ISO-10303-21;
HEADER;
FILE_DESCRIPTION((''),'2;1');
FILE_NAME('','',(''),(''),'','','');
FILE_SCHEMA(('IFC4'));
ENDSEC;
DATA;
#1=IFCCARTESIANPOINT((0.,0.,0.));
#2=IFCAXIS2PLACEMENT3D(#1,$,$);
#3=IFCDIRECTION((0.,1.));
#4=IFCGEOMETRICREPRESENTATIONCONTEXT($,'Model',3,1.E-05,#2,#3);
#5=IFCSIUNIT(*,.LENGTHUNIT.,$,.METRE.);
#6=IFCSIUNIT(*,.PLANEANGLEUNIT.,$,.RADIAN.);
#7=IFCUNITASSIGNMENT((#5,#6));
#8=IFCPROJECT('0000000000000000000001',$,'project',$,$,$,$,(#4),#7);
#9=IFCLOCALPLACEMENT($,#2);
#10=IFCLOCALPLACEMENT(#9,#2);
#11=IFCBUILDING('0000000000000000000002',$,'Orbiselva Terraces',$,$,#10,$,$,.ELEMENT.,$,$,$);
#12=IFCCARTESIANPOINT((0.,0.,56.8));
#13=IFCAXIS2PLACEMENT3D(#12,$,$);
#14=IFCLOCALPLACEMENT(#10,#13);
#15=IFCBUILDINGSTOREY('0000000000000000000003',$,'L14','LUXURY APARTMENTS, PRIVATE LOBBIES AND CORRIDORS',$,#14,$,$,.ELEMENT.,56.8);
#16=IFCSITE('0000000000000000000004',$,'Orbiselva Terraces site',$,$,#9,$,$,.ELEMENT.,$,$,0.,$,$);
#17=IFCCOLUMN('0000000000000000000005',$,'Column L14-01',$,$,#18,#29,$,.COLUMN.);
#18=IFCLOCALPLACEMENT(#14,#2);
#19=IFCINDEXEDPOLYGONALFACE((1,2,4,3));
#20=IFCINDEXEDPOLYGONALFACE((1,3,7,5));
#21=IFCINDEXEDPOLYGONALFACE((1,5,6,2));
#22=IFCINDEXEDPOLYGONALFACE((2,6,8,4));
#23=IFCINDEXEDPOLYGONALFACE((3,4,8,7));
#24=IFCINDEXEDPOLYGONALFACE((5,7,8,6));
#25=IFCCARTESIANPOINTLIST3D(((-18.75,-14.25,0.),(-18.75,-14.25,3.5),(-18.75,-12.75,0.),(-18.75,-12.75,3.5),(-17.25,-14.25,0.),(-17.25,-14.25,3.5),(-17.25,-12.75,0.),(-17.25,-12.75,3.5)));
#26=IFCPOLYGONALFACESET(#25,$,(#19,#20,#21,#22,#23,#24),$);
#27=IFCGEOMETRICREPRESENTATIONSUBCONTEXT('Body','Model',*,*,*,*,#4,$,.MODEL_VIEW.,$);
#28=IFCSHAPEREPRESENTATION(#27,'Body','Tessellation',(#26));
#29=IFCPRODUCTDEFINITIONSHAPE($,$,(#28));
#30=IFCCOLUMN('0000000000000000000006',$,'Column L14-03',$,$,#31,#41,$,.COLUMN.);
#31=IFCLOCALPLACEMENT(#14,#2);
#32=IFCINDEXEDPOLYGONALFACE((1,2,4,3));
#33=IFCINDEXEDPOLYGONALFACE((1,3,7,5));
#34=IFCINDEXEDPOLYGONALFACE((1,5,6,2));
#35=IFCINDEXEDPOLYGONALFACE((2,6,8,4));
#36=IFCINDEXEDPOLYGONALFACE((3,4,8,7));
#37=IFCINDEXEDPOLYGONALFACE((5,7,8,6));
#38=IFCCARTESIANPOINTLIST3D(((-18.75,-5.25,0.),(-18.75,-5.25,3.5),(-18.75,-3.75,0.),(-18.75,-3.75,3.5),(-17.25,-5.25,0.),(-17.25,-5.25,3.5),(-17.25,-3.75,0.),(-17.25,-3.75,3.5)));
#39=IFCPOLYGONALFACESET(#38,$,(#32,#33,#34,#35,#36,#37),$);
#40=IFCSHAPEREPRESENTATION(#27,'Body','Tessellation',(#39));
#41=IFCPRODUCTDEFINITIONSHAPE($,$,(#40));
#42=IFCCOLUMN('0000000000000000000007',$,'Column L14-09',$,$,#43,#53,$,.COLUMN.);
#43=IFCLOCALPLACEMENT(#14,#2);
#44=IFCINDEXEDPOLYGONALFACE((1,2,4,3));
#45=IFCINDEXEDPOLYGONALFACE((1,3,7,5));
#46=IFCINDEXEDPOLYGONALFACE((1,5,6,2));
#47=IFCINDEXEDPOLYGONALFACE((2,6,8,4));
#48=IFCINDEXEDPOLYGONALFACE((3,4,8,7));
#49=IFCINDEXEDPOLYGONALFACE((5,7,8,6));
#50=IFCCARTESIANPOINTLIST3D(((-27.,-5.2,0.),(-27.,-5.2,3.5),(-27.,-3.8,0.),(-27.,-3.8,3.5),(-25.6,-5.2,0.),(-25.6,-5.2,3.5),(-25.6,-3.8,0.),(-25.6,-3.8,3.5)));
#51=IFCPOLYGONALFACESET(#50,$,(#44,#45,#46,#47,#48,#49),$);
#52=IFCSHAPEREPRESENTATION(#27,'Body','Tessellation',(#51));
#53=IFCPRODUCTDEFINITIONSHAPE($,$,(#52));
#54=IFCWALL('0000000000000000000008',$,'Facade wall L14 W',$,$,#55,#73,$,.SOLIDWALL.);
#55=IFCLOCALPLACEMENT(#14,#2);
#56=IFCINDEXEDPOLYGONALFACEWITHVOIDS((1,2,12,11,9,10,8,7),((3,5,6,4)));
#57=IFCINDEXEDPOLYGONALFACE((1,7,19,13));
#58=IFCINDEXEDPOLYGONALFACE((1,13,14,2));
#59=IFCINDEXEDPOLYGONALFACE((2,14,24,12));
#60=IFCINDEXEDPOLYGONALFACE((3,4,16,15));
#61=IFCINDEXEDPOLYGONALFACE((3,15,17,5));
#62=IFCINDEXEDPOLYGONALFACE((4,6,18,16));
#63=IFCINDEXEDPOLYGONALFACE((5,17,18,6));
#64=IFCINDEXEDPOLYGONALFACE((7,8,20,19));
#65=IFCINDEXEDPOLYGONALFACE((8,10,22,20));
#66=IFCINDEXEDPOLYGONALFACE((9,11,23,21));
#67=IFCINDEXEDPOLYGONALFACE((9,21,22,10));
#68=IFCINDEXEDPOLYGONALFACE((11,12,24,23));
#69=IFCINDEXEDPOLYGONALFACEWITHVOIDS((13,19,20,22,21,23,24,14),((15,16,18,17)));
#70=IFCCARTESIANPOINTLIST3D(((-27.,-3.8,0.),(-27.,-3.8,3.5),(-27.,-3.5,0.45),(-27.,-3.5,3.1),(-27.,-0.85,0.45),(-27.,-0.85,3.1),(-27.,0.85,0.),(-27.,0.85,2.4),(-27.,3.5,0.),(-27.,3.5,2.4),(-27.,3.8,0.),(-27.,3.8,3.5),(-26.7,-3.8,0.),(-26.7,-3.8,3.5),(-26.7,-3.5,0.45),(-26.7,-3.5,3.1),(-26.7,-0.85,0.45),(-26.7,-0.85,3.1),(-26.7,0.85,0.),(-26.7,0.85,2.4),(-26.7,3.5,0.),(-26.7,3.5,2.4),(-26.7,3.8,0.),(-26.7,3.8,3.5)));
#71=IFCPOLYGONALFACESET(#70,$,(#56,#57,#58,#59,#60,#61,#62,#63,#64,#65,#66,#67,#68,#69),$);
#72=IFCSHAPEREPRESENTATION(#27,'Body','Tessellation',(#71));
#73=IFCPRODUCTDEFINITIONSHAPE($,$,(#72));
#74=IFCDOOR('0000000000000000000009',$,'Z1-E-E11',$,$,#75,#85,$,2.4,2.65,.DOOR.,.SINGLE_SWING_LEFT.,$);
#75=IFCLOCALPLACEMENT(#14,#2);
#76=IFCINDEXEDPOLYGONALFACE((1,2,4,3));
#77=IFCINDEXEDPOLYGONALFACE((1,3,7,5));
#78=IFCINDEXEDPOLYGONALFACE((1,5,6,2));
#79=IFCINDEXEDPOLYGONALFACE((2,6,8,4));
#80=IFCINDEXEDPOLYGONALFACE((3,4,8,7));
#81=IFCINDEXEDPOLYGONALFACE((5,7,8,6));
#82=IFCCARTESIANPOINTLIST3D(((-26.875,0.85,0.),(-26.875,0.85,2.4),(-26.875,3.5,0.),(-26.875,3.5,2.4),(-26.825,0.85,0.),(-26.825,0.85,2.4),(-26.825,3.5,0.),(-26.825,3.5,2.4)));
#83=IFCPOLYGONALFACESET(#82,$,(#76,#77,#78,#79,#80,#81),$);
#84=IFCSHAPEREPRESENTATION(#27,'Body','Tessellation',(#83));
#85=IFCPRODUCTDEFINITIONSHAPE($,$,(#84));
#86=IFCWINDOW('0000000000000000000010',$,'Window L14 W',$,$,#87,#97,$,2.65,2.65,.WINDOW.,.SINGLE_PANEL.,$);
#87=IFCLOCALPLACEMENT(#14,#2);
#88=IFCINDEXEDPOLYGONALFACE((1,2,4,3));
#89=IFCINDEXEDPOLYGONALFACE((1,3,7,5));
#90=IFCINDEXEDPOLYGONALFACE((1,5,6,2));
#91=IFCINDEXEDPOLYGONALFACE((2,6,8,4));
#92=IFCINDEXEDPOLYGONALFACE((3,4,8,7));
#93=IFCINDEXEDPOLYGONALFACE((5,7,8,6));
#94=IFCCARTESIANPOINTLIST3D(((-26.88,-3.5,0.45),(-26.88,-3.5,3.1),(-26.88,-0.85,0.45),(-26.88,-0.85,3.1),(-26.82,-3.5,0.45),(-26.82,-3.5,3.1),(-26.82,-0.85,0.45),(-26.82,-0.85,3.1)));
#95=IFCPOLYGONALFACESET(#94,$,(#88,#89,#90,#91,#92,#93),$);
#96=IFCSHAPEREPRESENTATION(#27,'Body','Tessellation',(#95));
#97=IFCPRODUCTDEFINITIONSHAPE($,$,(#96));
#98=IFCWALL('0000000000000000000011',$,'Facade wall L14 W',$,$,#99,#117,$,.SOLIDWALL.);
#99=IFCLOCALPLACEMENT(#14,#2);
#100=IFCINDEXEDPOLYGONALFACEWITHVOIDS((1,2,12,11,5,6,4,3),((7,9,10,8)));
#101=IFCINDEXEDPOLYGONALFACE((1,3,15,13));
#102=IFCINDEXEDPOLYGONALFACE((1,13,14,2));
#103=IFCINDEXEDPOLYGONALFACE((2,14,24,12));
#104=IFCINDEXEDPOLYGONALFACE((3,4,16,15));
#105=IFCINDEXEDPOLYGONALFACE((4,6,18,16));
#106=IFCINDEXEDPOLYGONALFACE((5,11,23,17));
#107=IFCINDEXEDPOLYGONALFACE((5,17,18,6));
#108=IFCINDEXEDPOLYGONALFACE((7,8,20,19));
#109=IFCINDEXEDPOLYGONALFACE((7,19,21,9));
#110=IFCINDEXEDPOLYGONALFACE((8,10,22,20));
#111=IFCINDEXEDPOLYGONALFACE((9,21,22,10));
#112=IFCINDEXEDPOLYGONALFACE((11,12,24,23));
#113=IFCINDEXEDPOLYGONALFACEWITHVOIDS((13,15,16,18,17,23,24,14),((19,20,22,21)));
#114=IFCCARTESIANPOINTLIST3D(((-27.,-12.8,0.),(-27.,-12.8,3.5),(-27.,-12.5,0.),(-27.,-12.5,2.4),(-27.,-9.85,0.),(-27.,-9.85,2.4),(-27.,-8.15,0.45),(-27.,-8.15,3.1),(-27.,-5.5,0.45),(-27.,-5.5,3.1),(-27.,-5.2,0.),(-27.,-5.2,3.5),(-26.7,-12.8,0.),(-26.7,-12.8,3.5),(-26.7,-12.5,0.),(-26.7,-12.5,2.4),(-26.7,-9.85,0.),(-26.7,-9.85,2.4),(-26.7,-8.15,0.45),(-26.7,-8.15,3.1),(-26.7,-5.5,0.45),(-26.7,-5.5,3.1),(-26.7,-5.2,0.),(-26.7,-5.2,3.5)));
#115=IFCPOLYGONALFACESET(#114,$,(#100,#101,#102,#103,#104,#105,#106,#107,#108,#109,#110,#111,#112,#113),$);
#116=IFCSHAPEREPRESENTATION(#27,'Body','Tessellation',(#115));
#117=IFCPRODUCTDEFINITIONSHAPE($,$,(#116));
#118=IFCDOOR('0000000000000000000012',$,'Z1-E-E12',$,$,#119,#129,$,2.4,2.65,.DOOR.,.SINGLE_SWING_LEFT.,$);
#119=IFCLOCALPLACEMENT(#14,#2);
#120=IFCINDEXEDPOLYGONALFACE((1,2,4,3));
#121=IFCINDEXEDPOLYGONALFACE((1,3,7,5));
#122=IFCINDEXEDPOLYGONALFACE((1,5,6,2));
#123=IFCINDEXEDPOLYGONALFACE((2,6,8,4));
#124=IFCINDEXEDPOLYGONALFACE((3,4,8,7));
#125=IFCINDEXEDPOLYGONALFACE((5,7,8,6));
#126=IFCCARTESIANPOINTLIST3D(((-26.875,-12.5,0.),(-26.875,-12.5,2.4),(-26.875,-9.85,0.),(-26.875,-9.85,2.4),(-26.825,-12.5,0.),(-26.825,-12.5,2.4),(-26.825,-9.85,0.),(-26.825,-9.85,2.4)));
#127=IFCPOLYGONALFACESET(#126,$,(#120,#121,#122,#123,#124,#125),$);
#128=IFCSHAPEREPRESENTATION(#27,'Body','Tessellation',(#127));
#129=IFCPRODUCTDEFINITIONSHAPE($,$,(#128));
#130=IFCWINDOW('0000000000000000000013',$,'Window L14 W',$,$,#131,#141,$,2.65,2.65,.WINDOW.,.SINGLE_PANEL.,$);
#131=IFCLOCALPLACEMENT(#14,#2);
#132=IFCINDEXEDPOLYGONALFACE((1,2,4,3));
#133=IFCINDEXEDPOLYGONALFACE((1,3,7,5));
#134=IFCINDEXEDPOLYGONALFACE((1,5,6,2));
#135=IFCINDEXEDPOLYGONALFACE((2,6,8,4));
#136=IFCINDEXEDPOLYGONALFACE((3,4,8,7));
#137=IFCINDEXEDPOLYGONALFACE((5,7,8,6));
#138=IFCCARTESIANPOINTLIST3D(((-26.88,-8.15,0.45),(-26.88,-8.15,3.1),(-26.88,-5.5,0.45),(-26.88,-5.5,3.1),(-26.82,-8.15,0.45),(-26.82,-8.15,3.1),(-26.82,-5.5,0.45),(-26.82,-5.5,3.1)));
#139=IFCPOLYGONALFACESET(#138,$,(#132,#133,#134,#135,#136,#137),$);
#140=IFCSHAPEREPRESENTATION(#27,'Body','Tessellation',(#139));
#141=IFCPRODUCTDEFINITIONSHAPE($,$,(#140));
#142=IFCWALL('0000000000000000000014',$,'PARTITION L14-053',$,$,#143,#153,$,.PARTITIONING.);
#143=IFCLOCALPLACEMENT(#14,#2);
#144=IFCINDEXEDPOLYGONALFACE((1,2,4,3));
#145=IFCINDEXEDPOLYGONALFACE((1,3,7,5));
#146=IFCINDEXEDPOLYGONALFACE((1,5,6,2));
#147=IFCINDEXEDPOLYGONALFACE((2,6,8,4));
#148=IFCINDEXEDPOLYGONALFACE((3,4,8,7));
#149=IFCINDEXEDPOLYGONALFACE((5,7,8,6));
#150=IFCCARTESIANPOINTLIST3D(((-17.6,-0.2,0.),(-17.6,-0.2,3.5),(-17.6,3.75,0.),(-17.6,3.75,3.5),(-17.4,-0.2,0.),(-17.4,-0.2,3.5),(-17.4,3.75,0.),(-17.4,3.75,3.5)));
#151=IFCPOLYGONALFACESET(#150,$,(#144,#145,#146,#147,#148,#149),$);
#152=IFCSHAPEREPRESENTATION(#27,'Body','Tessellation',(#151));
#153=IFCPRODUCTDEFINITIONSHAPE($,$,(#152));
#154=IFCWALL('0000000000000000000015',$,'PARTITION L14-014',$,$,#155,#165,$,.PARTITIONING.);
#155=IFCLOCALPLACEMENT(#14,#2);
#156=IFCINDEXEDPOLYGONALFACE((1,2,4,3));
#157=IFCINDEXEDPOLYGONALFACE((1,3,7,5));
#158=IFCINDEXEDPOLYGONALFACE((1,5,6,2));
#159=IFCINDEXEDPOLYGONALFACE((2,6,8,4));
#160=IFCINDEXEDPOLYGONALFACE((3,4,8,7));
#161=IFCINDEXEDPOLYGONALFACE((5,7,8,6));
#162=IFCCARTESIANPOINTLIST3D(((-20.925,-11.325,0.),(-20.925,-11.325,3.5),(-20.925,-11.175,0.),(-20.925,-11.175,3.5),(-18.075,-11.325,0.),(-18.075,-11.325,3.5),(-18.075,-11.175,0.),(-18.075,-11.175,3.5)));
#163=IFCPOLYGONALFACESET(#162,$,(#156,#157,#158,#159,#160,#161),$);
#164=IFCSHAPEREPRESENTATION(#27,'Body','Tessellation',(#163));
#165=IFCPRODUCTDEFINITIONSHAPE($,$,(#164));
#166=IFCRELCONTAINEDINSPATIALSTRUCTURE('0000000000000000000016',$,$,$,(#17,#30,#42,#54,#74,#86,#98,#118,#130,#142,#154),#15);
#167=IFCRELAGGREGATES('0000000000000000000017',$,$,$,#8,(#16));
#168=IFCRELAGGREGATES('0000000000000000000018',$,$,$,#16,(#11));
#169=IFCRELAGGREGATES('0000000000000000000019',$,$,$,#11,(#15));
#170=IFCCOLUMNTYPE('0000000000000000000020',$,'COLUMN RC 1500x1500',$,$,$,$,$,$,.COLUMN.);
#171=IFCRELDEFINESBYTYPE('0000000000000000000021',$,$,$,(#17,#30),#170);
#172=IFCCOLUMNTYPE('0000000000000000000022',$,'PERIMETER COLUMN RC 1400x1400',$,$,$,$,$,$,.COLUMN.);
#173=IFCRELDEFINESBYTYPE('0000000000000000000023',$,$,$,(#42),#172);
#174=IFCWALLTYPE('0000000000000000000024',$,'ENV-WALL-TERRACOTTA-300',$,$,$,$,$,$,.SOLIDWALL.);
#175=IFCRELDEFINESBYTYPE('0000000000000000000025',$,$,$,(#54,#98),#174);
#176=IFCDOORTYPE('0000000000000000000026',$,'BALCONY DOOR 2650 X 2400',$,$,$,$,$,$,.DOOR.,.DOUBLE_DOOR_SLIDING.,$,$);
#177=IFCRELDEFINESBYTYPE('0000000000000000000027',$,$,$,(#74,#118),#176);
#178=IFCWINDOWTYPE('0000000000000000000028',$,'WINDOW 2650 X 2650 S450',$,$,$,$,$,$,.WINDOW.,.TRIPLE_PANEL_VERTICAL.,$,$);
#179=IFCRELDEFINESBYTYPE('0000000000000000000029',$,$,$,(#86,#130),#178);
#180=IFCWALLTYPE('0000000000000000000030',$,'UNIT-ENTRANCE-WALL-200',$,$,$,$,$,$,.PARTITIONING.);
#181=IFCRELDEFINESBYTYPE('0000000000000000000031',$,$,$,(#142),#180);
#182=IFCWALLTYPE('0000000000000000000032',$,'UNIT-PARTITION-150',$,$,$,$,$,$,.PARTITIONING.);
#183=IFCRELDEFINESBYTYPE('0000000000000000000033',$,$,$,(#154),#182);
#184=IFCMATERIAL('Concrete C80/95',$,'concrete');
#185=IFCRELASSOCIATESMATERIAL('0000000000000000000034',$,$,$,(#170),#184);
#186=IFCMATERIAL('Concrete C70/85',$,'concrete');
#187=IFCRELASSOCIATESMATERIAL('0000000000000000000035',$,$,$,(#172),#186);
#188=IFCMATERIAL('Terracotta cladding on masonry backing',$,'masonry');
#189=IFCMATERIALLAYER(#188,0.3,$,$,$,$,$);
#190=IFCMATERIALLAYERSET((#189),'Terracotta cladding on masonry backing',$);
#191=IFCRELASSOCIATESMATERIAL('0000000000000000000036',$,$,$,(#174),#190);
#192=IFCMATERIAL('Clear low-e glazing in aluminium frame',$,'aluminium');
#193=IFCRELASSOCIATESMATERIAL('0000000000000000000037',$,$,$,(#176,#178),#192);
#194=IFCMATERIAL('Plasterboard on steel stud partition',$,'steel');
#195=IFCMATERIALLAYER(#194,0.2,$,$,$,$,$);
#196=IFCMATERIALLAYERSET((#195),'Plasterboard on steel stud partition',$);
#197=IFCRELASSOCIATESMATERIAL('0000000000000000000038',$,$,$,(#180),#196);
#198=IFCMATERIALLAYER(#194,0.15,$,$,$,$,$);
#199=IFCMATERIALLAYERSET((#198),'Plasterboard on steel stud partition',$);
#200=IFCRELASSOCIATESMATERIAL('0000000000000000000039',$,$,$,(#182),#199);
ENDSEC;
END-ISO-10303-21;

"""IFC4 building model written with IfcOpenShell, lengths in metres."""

from ifc_helpers import new_model, si_unit, direction, frame, frame_2d, origin, origin_2d, place, context, subcontext, project, spatial, rectangle, extrude, material, layer, layer_set, material_profile, profile_set, type_object, element, fill, save


model = new_model("IFC4")

# Units and contexts
model_context = context("Model", 3, precision=1e-05, world=origin(), true_north=direction((0.0, 1.0)))
body_context = subcontext(model_context, "Body", "Model", "MODEL_VIEW")
ifc_project = project(units=[si_unit("LENGTHUNIT", "METRE"), si_unit("PLANEANGLEUNIT", "RADIAN")], contexts=[model_context])

# Site, building, storey
site_placement = place(None, origin())
site = spatial("IfcSite", under=ifc_project, at=site_placement, Name="Orbiselva Terraces site", CompositionType="ELEMENT", RefElevation=0.0)
building_placement = place(site_placement, origin())
building = spatial("IfcBuilding", under=site, at=building_placement, Name="Orbiselva Terraces", CompositionType="ELEMENT")
storey_placement = place(building_placement, frame((0.0, 0.0, 56.8)))
storey = spatial("IfcBuildingStorey", under=building, at=storey_placement, Name="L14", Description="LUXURY APARTMENTS, PRIVATE LOBBIES AND CORRIDORS", CompositionType="ELEMENT", Elevation=56.8)

# Columns
ifc_material_1 = material(Name="Concrete C80/95", Category="concrete")
ifc_material_profile_1 = material_profile(ifc_material_1, rectangle(XDim=1.5, YDim=1.5, at=origin_2d()), Name="RC 1500x1500")
ifc_profile_set_1 = profile_set([ifc_material_profile_1], Name="Concrete C80/95")
column_type_1 = type_object("IfcColumnType", Name="COLUMN RC 1500x1500", PredefinedType="COLUMN", material=ifc_profile_set_1)
for number, where, z_axis, x_axis, name in (
    (1, (-18.0, -13.5, 0.0), (0.0, 0.0, 1.0), (1.0, 0.0, 0.0), "Column L14-01"),
    (2, (-18.0, -4.5, 0.0), (0.0, 0.0, 1.0), (1.0, 0.0, 0.0), "Column L14-03"),
):
    element("IfcColumn", number, at=place(storey_placement, frame(where, z_axis=z_axis, x_axis=x_axis)), inside=storey, type_object=column_type_1, Name=name, PredefinedType="COLUMN", context=body_context, shape_type="SweptSolid", body=[
        extrude(rectangle(XDim=1.5, YDim=1.5, at=origin_2d()), origin(), (0.0, 0.0, 1.0), 3.5),
    ])
ifc_material_2 = material(Name="Concrete C70/85", Category="concrete")
ifc_material_profile_2 = material_profile(ifc_material_2, rectangle(XDim=1.4, YDim=1.4, at=origin_2d()), Name="RC 1400x1400")
ifc_profile_set_2 = profile_set([ifc_material_profile_2], Name="Concrete C70/85")
column_type_2 = type_object("IfcColumnType", Name="PERIMETER COLUMN RC 1400x1400", PredefinedType="COLUMN", material=ifc_profile_set_2)
column_placement = place(storey_placement, frame((-26.3, -4.5, 0.0), z_axis=(0.0, 0.0, 1.0), x_axis=(1.0, 0.0, 0.0)))
element("IfcColumn", 3, at=column_placement, inside=storey, type_object=column_type_2, Name="Column L14-09", PredefinedType="COLUMN", context=body_context, shape_type="SweptSolid", body=[
    extrude(rectangle(XDim=1.4, YDim=1.4, at=origin_2d()), origin(), (0.0, 0.0, 1.0), 3.5),
])

# Walls, openings, doors, windows
ifc_material_3 = material(Name="Terracotta cladding on masonry backing", Category="masonry")
ifc_layer_1 = layer(ifc_material_3, 0.3)
ifc_layer_set_1 = layer_set([ifc_layer_1], Name="Terracotta cladding on masonry backing")
wall_type_1 = type_object("IfcWallType", Name="ENV-WALL-TERRACOTTA-300", PredefinedType="SOLIDWALL", material=ifc_layer_set_1)
wall_1_placement = place(storey_placement, frame((-26.85, -3.8, 0.0), z_axis=(0.0, 0.0, 1.0), x_axis=(0.0, 1.0, 0.0)))
wall_1 = element("IfcWall", 4, at=wall_1_placement, inside=storey, type_object=wall_type_1, Name="Facade wall L14 W", PredefinedType="SOLIDWALL", context=body_context, shape_type="SweptSolid", body=[
    extrude(rectangle(XDim=7.6, YDim=0.3, at=frame_2d((3.8, 0.0))), origin(), (0.0, 0.0, 1.0), 3.5),
])
opening_1_placement = place(wall_1_placement, frame((4.65, 0.0, 0.0)))
opening_1 = element("IfcOpeningElement", 5, at=opening_1_placement, cuts=wall_1, PredefinedType="OPENING", context=body_context, shape_type="SweptSolid", body=[
    extrude(rectangle(XDim=2.65, YDim=2.4, at=frame_2d((1.325, 1.2))), frame((0.0, 0.16, 0.0), z_axis=(0.0, -1.0, 0.0), x_axis=(1.0, 0.0, 0.0)), (0.0, 0.0, 1.0), 0.32),
])
opening_2_placement = place(wall_1_placement, frame((0.3, 0.0, 0.45)))
opening_2 = element("IfcOpeningElement", 6, at=opening_2_placement, cuts=wall_1, PredefinedType="OPENING", context=body_context, shape_type="SweptSolid", body=[
    extrude(rectangle(XDim=2.65, YDim=2.65, at=frame_2d((1.325, 1.325))), frame((0.0, 0.16, 0.0), z_axis=(0.0, -1.0, 0.0), x_axis=(1.0, 0.0, 0.0)), (0.0, 0.0, 1.0), 0.32),
])
ifc_material_4 = material(Name="Clear low-e glazing in aluminium frame", Category="aluminium")
door_type_1 = type_object("IfcDoorType", Name="BALCONY DOOR 2650 X 2400", OperationType="DOUBLE_DOOR_SLIDING", PredefinedType="DOOR", material=ifc_material_4)
door_1_placement = place(opening_1_placement, origin())
door_1 = element("IfcDoor", 7, at=door_1_placement, inside=storey, type_object=door_type_1, Name="Z1-E-E11", OperationType="SINGLE_SWING_LEFT", OverallHeight=2.4, OverallWidth=2.65, PredefinedType="DOOR", context=body_context, shape_type="SweptSolid", body=[
    extrude(rectangle(XDim=2.65, YDim=2.4, at=frame_2d((1.325, 1.2))), frame((0.0, 0.025, 0.0), z_axis=(0.0, -1.0, 0.0), x_axis=(1.0, 0.0, 0.0)), (0.0, 0.0, 1.0), 0.05),
])
fill(opening_1, door_1)
window_type = type_object("IfcWindowType", Name="WINDOW 2650 X 2650 S450", PartitioningType="TRIPLE_PANEL_VERTICAL", PredefinedType="WINDOW", material=ifc_material_4)
window_1_placement = place(opening_2_placement, origin())
window_1 = element("IfcWindow", 8, at=window_1_placement, inside=storey, type_object=window_type, Name="Window L14 W", OverallHeight=2.65, OverallWidth=2.65, PartitioningType="SINGLE_PANEL", PredefinedType="WINDOW", context=body_context, shape_type="SweptSolid", body=[
    extrude(rectangle(XDim=2.65, YDim=2.65, at=frame_2d((1.325, 1.325))), frame((0.0, 0.03, 0.0), z_axis=(0.0, -1.0, 0.0), x_axis=(1.0, 0.0, 0.0)), (0.0, 0.0, 1.0), 0.06),
])
fill(opening_2, window_1)
wall_2_placement = place(storey_placement, frame((-26.85, -12.8, 0.0), z_axis=(0.0, 0.0, 1.0), x_axis=(0.0, 1.0, 0.0)))
wall_2 = element("IfcWall", 9, at=wall_2_placement, inside=storey, type_object=wall_type_1, Name="Facade wall L14 W", PredefinedType="SOLIDWALL", context=body_context, shape_type="SweptSolid", body=[
    extrude(rectangle(XDim=7.6, YDim=0.3, at=frame_2d((3.8, 0.0))), origin(), (0.0, 0.0, 1.0), 3.5),
])
opening_3_placement = place(wall_2_placement, frame((4.65, 0.0, 0.45)))
opening_3 = element("IfcOpeningElement", 10, at=opening_3_placement, cuts=wall_2, PredefinedType="OPENING", context=body_context, shape_type="SweptSolid", body=[
    extrude(rectangle(XDim=2.65, YDim=2.65, at=frame_2d((1.325, 1.325))), frame((0.0, 0.16, 0.0), z_axis=(0.0, -1.0, 0.0), x_axis=(1.0, 0.0, 0.0)), (0.0, 0.0, 1.0), 0.32),
])
opening_4_placement = place(wall_2_placement, frame((0.3, 0.0, 0.0)))
opening_4 = element("IfcOpeningElement", 11, at=opening_4_placement, cuts=wall_2, PredefinedType="OPENING", context=body_context, shape_type="SweptSolid", body=[
    extrude(rectangle(XDim=2.65, YDim=2.4, at=frame_2d((1.325, 1.2))), frame((0.0, 0.16, 0.0), z_axis=(0.0, -1.0, 0.0), x_axis=(1.0, 0.0, 0.0)), (0.0, 0.0, 1.0), 0.32),
])
door_2_placement = place(opening_4_placement, origin())
door_2 = element("IfcDoor", 12, at=door_2_placement, inside=storey, type_object=door_type_1, Name="Z1-E-E12", OperationType="SINGLE_SWING_LEFT", OverallHeight=2.4, OverallWidth=2.65, PredefinedType="DOOR", context=body_context, shape_type="SweptSolid", body=[
    extrude(rectangle(XDim=2.65, YDim=2.4, at=frame_2d((1.325, 1.2))), frame((0.0, 0.025, 0.0), z_axis=(0.0, -1.0, 0.0), x_axis=(1.0, 0.0, 0.0)), (0.0, 0.0, 1.0), 0.05),
])
fill(opening_4, door_2)
window_2_placement = place(opening_3_placement, origin())
window_2 = element("IfcWindow", 13, at=window_2_placement, inside=storey, type_object=window_type, Name="Window L14 W", OverallHeight=2.65, OverallWidth=2.65, PartitioningType="SINGLE_PANEL", PredefinedType="WINDOW", context=body_context, shape_type="SweptSolid", body=[
    extrude(rectangle(XDim=2.65, YDim=2.65, at=frame_2d((1.325, 1.325))), frame((0.0, 0.03, 0.0), z_axis=(0.0, -1.0, 0.0), x_axis=(1.0, 0.0, 0.0)), (0.0, 0.0, 1.0), 0.06),
])
fill(opening_3, window_2)

# Walls
ifc_material_5 = material(Name="Plasterboard on steel stud partition", Category="steel")
ifc_layer_2 = layer(ifc_material_5, 0.2)
ifc_layer_set_2 = layer_set([ifc_layer_2], Name="Plasterboard on steel stud partition")
wall_type_2 = type_object("IfcWallType", Name="UNIT-ENTRANCE-WALL-200", PredefinedType="PARTITIONING", material=ifc_layer_set_2)
wall_3_placement = place(storey_placement, frame((-17.5, -0.2, 0.0), z_axis=(0.0, 0.0, 1.0), x_axis=(0.0, 1.0, 0.0)))
element("IfcWall", 14, at=wall_3_placement, inside=storey, type_object=wall_type_2, Name="PARTITION L14-053", PredefinedType="PARTITIONING", context=body_context, shape_type="SweptSolid", body=[
    extrude(rectangle(XDim=3.95, YDim=0.2, at=frame_2d((1.975, 0.0))), origin(), (0.0, 0.0, 1.0), 3.5),
])
ifc_layer_3 = layer(ifc_material_5, 0.15)
ifc_layer_set_3 = layer_set([ifc_layer_3], Name="Plasterboard on steel stud partition")
wall_type_3 = type_object("IfcWallType", Name="UNIT-PARTITION-150", PredefinedType="PARTITIONING", material=ifc_layer_set_3)
wall_4_placement = place(storey_placement, frame((-20.925, -11.25, 0.0), z_axis=(0.0, 0.0, 1.0), x_axis=(1.0, 0.0, 0.0)))
element("IfcWall", 15, at=wall_4_placement, inside=storey, type_object=wall_type_3, Name="PARTITION L14-014", PredefinedType="PARTITIONING", context=body_context, shape_type="SweptSolid", body=[
    extrude(rectangle(XDim=2.85, YDim=0.15, at=frame_2d((1.425, 0.0))), origin(), (0.0, 0.0, 1.0), 3.5),
])

save(model, "model.ifc")
